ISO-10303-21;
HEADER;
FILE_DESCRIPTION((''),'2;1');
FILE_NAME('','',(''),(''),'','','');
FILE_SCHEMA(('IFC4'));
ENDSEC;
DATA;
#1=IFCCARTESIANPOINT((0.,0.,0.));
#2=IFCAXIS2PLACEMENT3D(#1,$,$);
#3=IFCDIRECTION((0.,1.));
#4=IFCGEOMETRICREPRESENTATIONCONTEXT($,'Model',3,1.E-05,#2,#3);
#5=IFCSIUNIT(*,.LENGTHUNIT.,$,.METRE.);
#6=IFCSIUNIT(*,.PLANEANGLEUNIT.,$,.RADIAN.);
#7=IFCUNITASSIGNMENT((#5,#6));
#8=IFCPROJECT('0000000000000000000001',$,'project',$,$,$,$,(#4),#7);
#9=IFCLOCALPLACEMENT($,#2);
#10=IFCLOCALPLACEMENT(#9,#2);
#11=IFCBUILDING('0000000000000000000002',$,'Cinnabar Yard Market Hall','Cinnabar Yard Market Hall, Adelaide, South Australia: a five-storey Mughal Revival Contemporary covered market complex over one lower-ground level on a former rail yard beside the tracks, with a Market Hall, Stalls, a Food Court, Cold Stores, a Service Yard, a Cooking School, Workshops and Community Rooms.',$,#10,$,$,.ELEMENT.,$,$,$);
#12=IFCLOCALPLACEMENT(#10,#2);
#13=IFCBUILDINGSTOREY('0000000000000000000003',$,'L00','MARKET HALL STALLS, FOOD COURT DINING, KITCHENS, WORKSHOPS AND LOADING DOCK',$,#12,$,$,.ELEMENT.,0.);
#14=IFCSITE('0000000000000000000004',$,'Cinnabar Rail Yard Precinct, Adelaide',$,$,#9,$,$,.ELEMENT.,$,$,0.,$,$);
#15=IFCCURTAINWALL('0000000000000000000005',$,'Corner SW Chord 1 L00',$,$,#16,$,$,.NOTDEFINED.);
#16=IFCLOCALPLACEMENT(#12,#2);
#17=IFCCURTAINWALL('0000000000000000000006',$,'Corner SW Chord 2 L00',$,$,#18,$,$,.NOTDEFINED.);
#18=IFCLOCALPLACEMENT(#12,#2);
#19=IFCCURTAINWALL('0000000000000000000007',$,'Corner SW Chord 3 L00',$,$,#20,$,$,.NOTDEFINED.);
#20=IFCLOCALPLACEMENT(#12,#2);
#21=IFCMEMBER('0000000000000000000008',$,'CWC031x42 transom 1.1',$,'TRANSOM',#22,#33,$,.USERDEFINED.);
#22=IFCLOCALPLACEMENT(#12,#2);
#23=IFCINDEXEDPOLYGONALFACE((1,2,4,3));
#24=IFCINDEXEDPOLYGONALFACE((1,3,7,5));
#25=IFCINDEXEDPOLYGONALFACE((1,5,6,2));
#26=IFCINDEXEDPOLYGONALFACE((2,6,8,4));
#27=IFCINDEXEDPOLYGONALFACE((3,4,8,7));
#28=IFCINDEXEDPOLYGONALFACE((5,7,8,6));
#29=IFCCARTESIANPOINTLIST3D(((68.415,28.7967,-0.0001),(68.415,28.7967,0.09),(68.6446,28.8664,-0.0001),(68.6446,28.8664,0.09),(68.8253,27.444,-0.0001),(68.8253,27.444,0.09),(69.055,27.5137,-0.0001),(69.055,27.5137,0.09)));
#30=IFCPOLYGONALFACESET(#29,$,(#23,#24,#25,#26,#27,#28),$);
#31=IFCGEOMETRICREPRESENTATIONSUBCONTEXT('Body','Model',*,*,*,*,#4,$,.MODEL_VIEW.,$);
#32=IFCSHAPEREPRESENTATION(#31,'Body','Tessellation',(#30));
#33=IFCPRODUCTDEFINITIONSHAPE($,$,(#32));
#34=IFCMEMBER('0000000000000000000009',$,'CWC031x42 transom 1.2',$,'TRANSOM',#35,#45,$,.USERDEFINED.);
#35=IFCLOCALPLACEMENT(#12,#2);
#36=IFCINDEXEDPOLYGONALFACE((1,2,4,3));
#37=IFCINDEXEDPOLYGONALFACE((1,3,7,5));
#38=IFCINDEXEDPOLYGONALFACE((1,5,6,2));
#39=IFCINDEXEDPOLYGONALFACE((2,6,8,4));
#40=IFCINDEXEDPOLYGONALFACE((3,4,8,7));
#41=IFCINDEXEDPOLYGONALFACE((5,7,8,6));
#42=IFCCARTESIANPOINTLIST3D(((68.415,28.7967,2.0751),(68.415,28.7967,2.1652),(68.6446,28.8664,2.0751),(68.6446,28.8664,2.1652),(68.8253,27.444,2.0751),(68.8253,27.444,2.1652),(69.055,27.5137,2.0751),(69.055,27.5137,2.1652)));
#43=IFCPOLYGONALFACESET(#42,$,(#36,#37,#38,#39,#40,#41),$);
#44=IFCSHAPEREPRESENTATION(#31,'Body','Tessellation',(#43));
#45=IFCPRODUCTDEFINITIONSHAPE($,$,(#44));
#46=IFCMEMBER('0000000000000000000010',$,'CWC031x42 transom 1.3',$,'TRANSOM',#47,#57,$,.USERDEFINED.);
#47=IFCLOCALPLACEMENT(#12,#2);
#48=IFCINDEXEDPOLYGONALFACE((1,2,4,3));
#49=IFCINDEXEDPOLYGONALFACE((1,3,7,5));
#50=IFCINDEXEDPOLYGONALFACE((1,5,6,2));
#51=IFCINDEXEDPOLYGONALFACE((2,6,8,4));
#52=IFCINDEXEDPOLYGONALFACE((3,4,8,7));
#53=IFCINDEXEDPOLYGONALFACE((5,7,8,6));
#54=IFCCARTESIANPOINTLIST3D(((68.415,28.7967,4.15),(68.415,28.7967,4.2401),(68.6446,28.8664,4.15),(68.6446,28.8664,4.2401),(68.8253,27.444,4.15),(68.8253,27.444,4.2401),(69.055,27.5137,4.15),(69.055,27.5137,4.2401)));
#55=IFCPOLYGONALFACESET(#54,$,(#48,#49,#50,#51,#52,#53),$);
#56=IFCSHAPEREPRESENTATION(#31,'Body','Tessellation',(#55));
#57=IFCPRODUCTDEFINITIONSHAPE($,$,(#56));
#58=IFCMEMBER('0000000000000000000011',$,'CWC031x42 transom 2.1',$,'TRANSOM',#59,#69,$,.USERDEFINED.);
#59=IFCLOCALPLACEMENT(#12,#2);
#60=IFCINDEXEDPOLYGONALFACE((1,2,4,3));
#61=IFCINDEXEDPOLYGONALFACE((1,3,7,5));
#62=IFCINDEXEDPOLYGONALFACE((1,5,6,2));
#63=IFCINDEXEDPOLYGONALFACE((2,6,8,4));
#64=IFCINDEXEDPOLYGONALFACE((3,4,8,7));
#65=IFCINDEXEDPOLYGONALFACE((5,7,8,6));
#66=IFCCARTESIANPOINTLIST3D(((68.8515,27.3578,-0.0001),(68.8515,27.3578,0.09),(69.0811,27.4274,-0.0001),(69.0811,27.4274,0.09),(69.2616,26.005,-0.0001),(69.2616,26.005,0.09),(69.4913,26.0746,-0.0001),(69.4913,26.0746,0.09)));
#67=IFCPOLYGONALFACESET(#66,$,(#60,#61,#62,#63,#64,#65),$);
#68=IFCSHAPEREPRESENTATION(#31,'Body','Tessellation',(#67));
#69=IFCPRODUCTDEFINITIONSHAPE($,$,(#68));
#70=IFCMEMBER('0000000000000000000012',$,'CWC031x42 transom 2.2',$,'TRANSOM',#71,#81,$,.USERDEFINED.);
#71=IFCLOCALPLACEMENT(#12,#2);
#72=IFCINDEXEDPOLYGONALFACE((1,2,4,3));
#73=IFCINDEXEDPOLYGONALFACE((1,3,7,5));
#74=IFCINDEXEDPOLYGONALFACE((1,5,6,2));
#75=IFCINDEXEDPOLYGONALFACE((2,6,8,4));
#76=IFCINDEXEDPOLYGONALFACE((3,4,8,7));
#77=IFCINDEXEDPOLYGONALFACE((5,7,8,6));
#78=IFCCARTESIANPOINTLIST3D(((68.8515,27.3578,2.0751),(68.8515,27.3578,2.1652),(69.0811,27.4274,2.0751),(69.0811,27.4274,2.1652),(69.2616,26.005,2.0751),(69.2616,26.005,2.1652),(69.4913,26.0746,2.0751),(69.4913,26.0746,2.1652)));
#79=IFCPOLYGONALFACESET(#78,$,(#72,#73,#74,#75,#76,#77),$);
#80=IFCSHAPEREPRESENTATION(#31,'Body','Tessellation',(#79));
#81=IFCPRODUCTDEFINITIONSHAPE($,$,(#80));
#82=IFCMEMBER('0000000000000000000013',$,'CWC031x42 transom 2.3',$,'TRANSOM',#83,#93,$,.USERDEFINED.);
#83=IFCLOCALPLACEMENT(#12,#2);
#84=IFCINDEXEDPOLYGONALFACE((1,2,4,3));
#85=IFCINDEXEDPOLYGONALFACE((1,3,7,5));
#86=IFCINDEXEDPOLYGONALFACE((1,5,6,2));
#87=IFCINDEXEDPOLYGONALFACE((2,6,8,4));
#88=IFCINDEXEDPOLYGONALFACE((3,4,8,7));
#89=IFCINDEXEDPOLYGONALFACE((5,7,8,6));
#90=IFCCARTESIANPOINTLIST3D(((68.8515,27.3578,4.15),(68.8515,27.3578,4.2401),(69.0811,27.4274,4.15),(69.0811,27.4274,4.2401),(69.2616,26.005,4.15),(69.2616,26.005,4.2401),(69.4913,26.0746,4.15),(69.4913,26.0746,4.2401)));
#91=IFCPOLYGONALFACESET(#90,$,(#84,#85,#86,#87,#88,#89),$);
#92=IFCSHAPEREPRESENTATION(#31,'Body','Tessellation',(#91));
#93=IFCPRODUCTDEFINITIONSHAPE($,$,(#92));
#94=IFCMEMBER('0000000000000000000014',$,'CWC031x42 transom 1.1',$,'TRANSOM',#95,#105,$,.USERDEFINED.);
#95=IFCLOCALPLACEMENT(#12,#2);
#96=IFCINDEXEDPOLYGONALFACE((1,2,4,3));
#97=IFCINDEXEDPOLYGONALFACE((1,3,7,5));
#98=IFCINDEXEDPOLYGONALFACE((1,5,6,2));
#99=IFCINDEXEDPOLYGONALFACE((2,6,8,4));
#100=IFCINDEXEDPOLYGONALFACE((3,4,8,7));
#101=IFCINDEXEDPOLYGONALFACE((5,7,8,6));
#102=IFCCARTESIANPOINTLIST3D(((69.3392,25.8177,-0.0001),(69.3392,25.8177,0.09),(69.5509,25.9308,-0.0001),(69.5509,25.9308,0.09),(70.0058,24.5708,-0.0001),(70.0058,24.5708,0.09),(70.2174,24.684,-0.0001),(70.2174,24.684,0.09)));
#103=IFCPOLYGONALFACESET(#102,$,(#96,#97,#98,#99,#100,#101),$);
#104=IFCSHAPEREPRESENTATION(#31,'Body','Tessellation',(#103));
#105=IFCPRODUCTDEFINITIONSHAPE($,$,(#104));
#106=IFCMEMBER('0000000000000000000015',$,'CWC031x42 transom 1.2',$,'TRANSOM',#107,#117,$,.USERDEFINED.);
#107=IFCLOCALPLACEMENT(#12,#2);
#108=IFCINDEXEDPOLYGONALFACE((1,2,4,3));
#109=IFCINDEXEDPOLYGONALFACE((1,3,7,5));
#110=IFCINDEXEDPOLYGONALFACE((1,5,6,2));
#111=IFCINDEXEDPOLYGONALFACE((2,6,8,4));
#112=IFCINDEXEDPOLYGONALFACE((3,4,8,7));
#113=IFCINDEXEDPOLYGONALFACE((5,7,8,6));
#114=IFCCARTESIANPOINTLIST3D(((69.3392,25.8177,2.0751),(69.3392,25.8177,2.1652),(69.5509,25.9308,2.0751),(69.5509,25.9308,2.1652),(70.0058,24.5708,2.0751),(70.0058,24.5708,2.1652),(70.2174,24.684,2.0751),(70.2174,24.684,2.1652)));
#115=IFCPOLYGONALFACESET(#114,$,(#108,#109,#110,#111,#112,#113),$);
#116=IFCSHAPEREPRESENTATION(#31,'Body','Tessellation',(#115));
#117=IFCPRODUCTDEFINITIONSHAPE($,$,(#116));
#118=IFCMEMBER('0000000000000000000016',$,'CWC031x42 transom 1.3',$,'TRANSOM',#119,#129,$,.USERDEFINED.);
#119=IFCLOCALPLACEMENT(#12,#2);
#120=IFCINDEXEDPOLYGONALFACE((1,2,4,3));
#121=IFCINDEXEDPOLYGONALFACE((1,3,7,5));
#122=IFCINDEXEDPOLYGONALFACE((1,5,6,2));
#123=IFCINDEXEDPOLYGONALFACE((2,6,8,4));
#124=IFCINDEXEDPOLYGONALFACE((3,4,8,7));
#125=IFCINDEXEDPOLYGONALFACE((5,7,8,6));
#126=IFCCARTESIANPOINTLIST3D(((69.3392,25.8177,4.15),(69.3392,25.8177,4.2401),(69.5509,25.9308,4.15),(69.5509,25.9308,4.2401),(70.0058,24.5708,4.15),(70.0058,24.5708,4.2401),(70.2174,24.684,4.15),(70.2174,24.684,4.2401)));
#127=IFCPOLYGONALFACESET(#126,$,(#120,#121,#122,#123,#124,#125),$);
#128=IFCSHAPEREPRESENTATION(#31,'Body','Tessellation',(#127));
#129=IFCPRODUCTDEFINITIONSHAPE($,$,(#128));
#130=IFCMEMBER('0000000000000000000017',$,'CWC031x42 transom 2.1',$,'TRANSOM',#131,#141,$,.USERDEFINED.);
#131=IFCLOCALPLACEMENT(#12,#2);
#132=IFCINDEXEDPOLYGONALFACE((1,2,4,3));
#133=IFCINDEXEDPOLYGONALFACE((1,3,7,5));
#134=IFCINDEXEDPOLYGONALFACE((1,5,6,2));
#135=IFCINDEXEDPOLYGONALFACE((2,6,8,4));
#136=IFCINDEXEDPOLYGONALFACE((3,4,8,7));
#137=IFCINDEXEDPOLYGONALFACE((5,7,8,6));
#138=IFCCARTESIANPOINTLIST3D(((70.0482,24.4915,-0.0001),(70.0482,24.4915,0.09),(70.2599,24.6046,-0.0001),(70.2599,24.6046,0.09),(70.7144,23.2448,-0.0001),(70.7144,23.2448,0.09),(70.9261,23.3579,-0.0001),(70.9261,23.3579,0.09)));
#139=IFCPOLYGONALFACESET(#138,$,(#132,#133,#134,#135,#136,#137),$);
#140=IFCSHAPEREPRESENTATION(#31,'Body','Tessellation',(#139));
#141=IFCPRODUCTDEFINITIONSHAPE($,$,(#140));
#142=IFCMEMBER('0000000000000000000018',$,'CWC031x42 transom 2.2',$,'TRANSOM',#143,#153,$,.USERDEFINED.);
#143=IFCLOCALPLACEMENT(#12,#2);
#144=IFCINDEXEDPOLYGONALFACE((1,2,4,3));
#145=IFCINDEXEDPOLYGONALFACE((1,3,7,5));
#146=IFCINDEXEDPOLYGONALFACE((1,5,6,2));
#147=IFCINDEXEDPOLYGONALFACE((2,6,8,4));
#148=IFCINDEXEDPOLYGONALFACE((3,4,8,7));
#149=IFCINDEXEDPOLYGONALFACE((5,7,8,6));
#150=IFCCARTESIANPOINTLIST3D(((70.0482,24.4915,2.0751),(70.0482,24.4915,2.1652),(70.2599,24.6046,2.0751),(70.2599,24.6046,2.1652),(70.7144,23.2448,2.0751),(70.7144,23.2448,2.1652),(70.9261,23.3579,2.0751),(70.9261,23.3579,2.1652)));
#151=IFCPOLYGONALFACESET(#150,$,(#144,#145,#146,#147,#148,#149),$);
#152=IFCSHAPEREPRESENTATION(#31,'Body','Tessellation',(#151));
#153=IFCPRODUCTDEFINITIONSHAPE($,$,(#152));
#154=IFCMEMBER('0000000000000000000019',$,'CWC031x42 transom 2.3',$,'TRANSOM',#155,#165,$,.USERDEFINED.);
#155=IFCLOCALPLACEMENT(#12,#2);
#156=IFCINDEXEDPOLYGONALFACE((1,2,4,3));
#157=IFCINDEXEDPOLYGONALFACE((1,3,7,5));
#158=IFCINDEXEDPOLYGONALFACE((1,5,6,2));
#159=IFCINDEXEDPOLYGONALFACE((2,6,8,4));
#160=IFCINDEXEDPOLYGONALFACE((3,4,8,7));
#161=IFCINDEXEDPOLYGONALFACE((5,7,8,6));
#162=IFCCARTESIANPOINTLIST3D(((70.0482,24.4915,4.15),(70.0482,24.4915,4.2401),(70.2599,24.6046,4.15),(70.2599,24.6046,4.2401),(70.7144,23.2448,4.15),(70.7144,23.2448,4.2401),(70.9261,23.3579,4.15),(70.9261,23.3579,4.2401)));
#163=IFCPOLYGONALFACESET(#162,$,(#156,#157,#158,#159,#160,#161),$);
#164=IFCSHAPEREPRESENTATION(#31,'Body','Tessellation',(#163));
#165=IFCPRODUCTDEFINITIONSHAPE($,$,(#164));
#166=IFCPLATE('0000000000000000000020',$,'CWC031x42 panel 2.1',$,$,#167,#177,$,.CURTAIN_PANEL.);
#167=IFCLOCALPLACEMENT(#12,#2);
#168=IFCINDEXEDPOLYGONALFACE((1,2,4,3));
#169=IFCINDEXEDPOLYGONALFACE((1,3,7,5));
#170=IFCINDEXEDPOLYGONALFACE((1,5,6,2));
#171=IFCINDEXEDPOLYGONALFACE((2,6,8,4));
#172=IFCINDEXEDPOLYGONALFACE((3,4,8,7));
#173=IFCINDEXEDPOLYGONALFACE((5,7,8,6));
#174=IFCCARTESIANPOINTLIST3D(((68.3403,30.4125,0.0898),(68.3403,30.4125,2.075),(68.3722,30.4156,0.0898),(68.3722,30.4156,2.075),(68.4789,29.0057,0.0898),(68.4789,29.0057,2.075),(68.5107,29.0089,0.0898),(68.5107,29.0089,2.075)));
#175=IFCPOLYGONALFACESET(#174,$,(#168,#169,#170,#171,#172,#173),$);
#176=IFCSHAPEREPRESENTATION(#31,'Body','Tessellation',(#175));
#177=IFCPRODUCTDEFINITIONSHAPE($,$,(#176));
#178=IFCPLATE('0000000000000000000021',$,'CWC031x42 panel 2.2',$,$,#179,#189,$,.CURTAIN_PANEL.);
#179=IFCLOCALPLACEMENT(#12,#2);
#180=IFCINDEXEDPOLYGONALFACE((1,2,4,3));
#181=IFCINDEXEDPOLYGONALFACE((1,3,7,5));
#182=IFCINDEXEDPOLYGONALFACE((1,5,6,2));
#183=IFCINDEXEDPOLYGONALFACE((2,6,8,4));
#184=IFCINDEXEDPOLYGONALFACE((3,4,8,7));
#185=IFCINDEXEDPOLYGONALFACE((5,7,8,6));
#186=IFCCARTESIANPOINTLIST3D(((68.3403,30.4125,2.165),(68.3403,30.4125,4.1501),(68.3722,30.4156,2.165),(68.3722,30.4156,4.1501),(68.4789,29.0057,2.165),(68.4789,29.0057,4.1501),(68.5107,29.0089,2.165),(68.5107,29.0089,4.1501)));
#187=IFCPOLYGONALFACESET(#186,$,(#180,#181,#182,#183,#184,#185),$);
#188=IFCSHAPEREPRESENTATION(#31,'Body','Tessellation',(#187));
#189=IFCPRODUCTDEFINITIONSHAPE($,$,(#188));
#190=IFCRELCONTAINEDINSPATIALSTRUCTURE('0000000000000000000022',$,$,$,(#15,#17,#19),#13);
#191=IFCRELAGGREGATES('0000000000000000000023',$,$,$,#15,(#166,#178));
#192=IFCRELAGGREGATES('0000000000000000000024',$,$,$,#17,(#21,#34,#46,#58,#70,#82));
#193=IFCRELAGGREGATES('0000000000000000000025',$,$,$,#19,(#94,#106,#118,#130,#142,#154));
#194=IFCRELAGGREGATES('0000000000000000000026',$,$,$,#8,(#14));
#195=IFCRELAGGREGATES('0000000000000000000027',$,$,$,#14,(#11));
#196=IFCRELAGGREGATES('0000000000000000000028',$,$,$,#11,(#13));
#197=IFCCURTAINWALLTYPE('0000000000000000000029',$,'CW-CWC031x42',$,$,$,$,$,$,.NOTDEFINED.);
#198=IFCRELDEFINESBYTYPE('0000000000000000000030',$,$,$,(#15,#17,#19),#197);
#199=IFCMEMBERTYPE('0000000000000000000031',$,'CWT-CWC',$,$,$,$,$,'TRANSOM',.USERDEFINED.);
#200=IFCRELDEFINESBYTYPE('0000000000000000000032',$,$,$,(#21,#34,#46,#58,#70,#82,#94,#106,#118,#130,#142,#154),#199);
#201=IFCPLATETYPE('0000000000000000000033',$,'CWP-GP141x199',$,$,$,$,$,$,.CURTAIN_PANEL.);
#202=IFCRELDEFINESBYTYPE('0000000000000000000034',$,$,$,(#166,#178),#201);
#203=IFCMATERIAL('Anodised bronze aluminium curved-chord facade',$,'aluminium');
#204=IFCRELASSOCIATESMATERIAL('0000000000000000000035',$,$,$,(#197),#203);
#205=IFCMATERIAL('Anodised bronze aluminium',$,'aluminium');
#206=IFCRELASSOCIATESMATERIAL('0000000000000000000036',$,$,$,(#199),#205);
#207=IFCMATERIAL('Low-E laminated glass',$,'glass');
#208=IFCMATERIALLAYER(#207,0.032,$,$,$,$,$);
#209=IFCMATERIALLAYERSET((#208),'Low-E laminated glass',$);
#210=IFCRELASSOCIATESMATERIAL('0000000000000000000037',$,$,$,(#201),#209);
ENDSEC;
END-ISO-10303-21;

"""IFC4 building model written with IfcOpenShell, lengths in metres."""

from ifc_helpers import new_model, si_unit, direction, frame, origin, origin_2d_with_axis, place, context, subcontext, project, spatial, rectangle, extrude, material, layer, layer_set, material_profile, profile_set, type_object, element, aggregate, save


model = new_model("IFC4")

# Units and contexts
model_context = context("Model", 3, precision=1e-05, world=origin(), true_north=direction((0.0, 1.0)))
body_context = subcontext(model_context, "Body", "Model", "MODEL_VIEW")
ifc_project = project(units=[si_unit("LENGTHUNIT", "METRE"), si_unit("PLANEANGLEUNIT", "RADIAN")], contexts=[model_context])

# Site, building, storey
site_placement = place(None, origin())
site = spatial("IfcSite", under=ifc_project, at=site_placement, Name="Cinnabar Rail Yard Precinct, Adelaide", CompositionType="ELEMENT", RefElevation=0.0)
building_placement = place(site_placement, origin())
building = spatial("IfcBuilding", under=site, at=building_placement, Name="Cinnabar Yard Market Hall", Description="Cinnabar Yard Market Hall, Adelaide, South Australia: a five-storey Mughal Revival Contemporary covered market complex over one lower-ground level on a former rail yard beside the tracks, with a Market Hall, Stalls, a Food Court, Cold Stores, a Service Yard, a Cooking School, Workshops and Community Rooms.", CompositionType="ELEMENT")
storey_placement = place(building_placement, origin())
storey = spatial("IfcBuildingStorey", under=building, at=storey_placement, Name="L00", Description="MARKET HALL STALLS, FOOD COURT DINING, KITCHENS, WORKSHOPS AND LOADING DOCK", CompositionType="ELEMENT", Elevation=0.0)

# Curtain walls
ifc_material_1 = material(Name="Anodised bronze aluminium curved-chord facade", Category="aluminium")
curtain_wall_type = type_object("IfcCurtainWallType", Name="CW-CWC031x42", PredefinedType="NOTDEFINED", material=ifc_material_1)
curtain_wall_1_placement = place(storey_placement, origin())
curtain_wall_1 = element("IfcCurtainWall", 1, at=curtain_wall_1_placement, inside=storey, type_object=curtain_wall_type, Name="Corner SW Chord 1 L00", PredefinedType="NOTDEFINED")
ifc_material_2 = material(Name="Anodised bronze aluminium", Category="aluminium")
curtain_wall_2_placement = place(storey_placement, origin())
curtain_wall_2 = element("IfcCurtainWall", 2, at=curtain_wall_2_placement, inside=storey, type_object=curtain_wall_type, Name="Corner SW Chord 2 L00", PredefinedType="NOTDEFINED")
curtain_wall_3_placement = place(storey_placement, origin())
curtain_wall_3 = element("IfcCurtainWall", 3, at=curtain_wall_3_placement, inside=storey, type_object=curtain_wall_type, Name="Corner SW Chord 3 L00", PredefinedType="NOTDEFINED")

# Members
ifc_material_profile_1 = material_profile(ifc_material_2, rectangle(XDim=0.24, YDim=0.0901, at=origin_2d_with_axis()), Name="TRN-CWC")
ifc_profile_set_1 = profile_set([ifc_material_profile_1], Name="Anodised bronze aluminium")
member_type_1 = type_object("IfcMemberType", Name="CWT-CWC", ElementType="TRANSOM", PredefinedType="USERDEFINED", material=ifc_profile_set_1)
member_1_placement = place(storey_placement, frame((68.5298, 28.8315, 0.0449), z_axis=(0.290309, -0.956933, 0.0), x_axis=(0.956933, 0.290309, 0.0)))
member_1 = element("IfcMember", 4, at=member_1_placement, type_object=member_type_1, Name="CWC031x42 transom 1.1", ObjectType="TRANSOM", PredefinedType="USERDEFINED", context=body_context, shape_type="SweptSolid", body=[
    extrude(rectangle(XDim=0.24, YDim=0.0901, at=origin_2d_with_axis()), origin(), (0.0, 0.0, 1.0), 1.4136),
])
member_2_placement = place(storey_placement, frame((68.5298, 28.8315, 2.1201), z_axis=(0.290309, -0.956933, 0.0), x_axis=(0.956933, 0.290309, 0.0)))
member_2 = element("IfcMember", 5, at=member_2_placement, type_object=member_type_1, Name="CWC031x42 transom 1.2", ObjectType="TRANSOM", PredefinedType="USERDEFINED", context=body_context, shape_type="SweptSolid", body=[
    extrude(rectangle(XDim=0.24, YDim=0.0901, at=origin_2d_with_axis()), origin(), (0.0, 0.0, 1.0), 1.4136),
])
member_3_placement = place(storey_placement, frame((68.5298, 28.8315, 4.1951), z_axis=(0.290309, -0.956933, 0.0), x_axis=(0.956933, 0.290309, 0.0)))
member_3 = element("IfcMember", 6, at=member_3_placement, type_object=member_type_1, Name="CWC031x42 transom 1.3", ObjectType="TRANSOM", PredefinedType="USERDEFINED", context=body_context, shape_type="SweptSolid", body=[
    extrude(rectangle(XDim=0.24, YDim=0.0901, at=origin_2d_with_axis()), origin(), (0.0, 0.0, 1.0), 1.4136),
])
member_4_placement = place(storey_placement, frame((68.9663, 27.3926, 0.0449), z_axis=(0.290151, -0.956981, 0.0), x_axis=(0.956981, 0.290151, 0.0)))
member_4 = element("IfcMember", 7, at=member_4_placement, type_object=member_type_1, Name="CWC031x42 transom 2.1", ObjectType="TRANSOM", PredefinedType="USERDEFINED", context=body_context, shape_type="SweptSolid", body=[
    extrude(rectangle(XDim=0.24, YDim=0.0901, at=origin_2d_with_axis()), origin(), (0.0, 0.0, 1.0), 1.4136),
])
member_5_placement = place(storey_placement, frame((68.9663, 27.3926, 2.1201), z_axis=(0.290151, -0.956981, 0.0), x_axis=(0.956981, 0.290151, 0.0)))
member_5 = element("IfcMember", 8, at=member_5_placement, type_object=member_type_1, Name="CWC031x42 transom 2.2", ObjectType="TRANSOM", PredefinedType="USERDEFINED", context=body_context, shape_type="SweptSolid", body=[
    extrude(rectangle(XDim=0.24, YDim=0.0901, at=origin_2d_with_axis()), origin(), (0.0, 0.0, 1.0), 1.4136),
])
member_6_placement = place(storey_placement, frame((68.9663, 27.3926, 4.1951), z_axis=(0.290151, -0.956981, 0.0), x_axis=(0.956981, 0.290151, 0.0)))
member_6 = element("IfcMember", 9, at=member_6_placement, type_object=member_type_1, Name="CWC031x42 transom 2.3", ObjectType="TRANSOM", PredefinedType="USERDEFINED", context=body_context, shape_type="SweptSolid", body=[
    extrude(rectangle(XDim=0.24, YDim=0.0901, at=origin_2d_with_axis()), origin(), (0.0, 0.0, 1.0), 1.4136),
])
member_7_placement = place(storey_placement, frame((69.4451, 25.8743, 0.0449), z_axis=(0.471431, -0.881903, 0.0), x_axis=(0.881903, 0.471431, 0.0)))
member_7 = element("IfcMember", 10, at=member_7_placement, type_object=member_type_1, Name="CWC031x42 transom 1.1", ObjectType="TRANSOM", PredefinedType="USERDEFINED", context=body_context, shape_type="SweptSolid", body=[
    extrude(rectangle(XDim=0.24, YDim=0.0901, at=origin_2d_with_axis()), origin(), (0.0, 0.0, 1.0), 1.4138),
])
member_8_placement = place(storey_placement, frame((69.4451, 25.8743, 2.1201), z_axis=(0.471431, -0.881903, 0.0), x_axis=(0.881903, 0.471431, 0.0)))
member_8 = element("IfcMember", 11, at=member_8_placement, type_object=member_type_1, Name="CWC031x42 transom 1.2", ObjectType="TRANSOM", PredefinedType="USERDEFINED", context=body_context, shape_type="SweptSolid", body=[
    extrude(rectangle(XDim=0.24, YDim=0.0901, at=origin_2d_with_axis()), origin(), (0.0, 0.0, 1.0), 1.4138),
])
member_9_placement = place(storey_placement, frame((69.4451, 25.8743, 4.1951), z_axis=(0.471431, -0.881903, 0.0), x_axis=(0.881903, 0.471431, 0.0)))
member_9 = element("IfcMember", 12, at=member_9_placement, type_object=member_type_1, Name="CWC031x42 transom 1.3", ObjectType="TRANSOM", PredefinedType="USERDEFINED", context=body_context, shape_type="SweptSolid", body=[
    extrude(rectangle(XDim=0.24, YDim=0.0901, at=origin_2d_with_axis()), origin(), (0.0, 0.0, 1.0), 1.4138),
])
member_10_placement = place(storey_placement, frame((70.1541, 24.5481, 0.0449), z_axis=(0.471296, -0.881975, 0.0), x_axis=(0.881975, 0.471296, 0.0)))
member_10 = element("IfcMember", 13, at=member_10_placement, type_object=member_type_1, Name="CWC031x42 transom 2.1", ObjectType="TRANSOM", PredefinedType="USERDEFINED", context=body_context, shape_type="SweptSolid", body=[
    extrude(rectangle(XDim=0.24, YDim=0.0901, at=origin_2d_with_axis()), origin(), (0.0, 0.0, 1.0), 1.4136),
])
member_11_placement = place(storey_placement, frame((70.1541, 24.5481, 2.1201), z_axis=(0.471296, -0.881975, 0.0), x_axis=(0.881975, 0.471296, 0.0)))
member_11 = element("IfcMember", 14, at=member_11_placement, type_object=member_type_1, Name="CWC031x42 transom 2.2", ObjectType="TRANSOM", PredefinedType="USERDEFINED", context=body_context, shape_type="SweptSolid", body=[
    extrude(rectangle(XDim=0.24, YDim=0.0901, at=origin_2d_with_axis()), origin(), (0.0, 0.0, 1.0), 1.4136),
])
member_12_placement = place(storey_placement, frame((70.1541, 24.5481, 4.1951), z_axis=(0.471296, -0.881975, 0.0), x_axis=(0.881975, 0.471296, 0.0)))
member_12 = element("IfcMember", 15, at=member_12_placement, type_object=member_type_1, Name="CWC031x42 transom 2.3", ObjectType="TRANSOM", PredefinedType="USERDEFINED", context=body_context, shape_type="SweptSolid", body=[
    extrude(rectangle(XDim=0.24, YDim=0.0901, at=origin_2d_with_axis()), origin(), (0.0, 0.0, 1.0), 1.4136),
])

# Plates
ifc_material_3 = material(Name="Low-E laminated glass", Category="glass")
ifc_layer_1 = layer(ifc_material_3, 0.032)
ifc_layer_set_1 = layer_set([ifc_layer_1], Name="Low-E laminated glass")
plate_type = type_object("IfcPlateType", Name="CWP-GP141x199", PredefinedType="CURTAIN_PANEL", material=ifc_layer_set_1)
plate_1_placement = place(storey_placement, frame((68.4255, 29.7107, 0.0898), z_axis=(0.0, 0.0, 1.0), x_axis=(0.09802, -0.995184, 0.0)))
plate_1 = element("IfcPlate", 16, at=plate_1_placement, type_object=plate_type, Name="CWC031x42 panel 2.1", PredefinedType="CURTAIN_PANEL", context=body_context, shape_type="SweptSolid", body=[
    extrude(rectangle(XDim=1.4136, YDim=0.032, at=origin_2d_with_axis()), origin(), (0.0, 0.0, 1.0), 1.9851),
])
plate_2_placement = place(storey_placement, frame((68.4255, 29.7107, 2.165), z_axis=(0.0, 0.0, 1.0), x_axis=(0.09802, -0.995184, 0.0)))
plate_2 = element("IfcPlate", 17, at=plate_2_placement, type_object=plate_type, Name="CWC031x42 panel 2.2", PredefinedType="CURTAIN_PANEL", context=body_context, shape_type="SweptSolid", body=[
    extrude(rectangle(XDim=1.4136, YDim=0.032, at=origin_2d_with_axis()), origin(), (0.0, 0.0, 1.0), 1.9851),
])
aggregate(curtain_wall_1, [plate_1, plate_2])
aggregate(curtain_wall_2, [member_1, member_2, member_3, member_4, member_5, member_6])
aggregate(curtain_wall_3, [member_7, member_8, member_9, member_10, member_11, member_12])

save(model, "model.ifc")
